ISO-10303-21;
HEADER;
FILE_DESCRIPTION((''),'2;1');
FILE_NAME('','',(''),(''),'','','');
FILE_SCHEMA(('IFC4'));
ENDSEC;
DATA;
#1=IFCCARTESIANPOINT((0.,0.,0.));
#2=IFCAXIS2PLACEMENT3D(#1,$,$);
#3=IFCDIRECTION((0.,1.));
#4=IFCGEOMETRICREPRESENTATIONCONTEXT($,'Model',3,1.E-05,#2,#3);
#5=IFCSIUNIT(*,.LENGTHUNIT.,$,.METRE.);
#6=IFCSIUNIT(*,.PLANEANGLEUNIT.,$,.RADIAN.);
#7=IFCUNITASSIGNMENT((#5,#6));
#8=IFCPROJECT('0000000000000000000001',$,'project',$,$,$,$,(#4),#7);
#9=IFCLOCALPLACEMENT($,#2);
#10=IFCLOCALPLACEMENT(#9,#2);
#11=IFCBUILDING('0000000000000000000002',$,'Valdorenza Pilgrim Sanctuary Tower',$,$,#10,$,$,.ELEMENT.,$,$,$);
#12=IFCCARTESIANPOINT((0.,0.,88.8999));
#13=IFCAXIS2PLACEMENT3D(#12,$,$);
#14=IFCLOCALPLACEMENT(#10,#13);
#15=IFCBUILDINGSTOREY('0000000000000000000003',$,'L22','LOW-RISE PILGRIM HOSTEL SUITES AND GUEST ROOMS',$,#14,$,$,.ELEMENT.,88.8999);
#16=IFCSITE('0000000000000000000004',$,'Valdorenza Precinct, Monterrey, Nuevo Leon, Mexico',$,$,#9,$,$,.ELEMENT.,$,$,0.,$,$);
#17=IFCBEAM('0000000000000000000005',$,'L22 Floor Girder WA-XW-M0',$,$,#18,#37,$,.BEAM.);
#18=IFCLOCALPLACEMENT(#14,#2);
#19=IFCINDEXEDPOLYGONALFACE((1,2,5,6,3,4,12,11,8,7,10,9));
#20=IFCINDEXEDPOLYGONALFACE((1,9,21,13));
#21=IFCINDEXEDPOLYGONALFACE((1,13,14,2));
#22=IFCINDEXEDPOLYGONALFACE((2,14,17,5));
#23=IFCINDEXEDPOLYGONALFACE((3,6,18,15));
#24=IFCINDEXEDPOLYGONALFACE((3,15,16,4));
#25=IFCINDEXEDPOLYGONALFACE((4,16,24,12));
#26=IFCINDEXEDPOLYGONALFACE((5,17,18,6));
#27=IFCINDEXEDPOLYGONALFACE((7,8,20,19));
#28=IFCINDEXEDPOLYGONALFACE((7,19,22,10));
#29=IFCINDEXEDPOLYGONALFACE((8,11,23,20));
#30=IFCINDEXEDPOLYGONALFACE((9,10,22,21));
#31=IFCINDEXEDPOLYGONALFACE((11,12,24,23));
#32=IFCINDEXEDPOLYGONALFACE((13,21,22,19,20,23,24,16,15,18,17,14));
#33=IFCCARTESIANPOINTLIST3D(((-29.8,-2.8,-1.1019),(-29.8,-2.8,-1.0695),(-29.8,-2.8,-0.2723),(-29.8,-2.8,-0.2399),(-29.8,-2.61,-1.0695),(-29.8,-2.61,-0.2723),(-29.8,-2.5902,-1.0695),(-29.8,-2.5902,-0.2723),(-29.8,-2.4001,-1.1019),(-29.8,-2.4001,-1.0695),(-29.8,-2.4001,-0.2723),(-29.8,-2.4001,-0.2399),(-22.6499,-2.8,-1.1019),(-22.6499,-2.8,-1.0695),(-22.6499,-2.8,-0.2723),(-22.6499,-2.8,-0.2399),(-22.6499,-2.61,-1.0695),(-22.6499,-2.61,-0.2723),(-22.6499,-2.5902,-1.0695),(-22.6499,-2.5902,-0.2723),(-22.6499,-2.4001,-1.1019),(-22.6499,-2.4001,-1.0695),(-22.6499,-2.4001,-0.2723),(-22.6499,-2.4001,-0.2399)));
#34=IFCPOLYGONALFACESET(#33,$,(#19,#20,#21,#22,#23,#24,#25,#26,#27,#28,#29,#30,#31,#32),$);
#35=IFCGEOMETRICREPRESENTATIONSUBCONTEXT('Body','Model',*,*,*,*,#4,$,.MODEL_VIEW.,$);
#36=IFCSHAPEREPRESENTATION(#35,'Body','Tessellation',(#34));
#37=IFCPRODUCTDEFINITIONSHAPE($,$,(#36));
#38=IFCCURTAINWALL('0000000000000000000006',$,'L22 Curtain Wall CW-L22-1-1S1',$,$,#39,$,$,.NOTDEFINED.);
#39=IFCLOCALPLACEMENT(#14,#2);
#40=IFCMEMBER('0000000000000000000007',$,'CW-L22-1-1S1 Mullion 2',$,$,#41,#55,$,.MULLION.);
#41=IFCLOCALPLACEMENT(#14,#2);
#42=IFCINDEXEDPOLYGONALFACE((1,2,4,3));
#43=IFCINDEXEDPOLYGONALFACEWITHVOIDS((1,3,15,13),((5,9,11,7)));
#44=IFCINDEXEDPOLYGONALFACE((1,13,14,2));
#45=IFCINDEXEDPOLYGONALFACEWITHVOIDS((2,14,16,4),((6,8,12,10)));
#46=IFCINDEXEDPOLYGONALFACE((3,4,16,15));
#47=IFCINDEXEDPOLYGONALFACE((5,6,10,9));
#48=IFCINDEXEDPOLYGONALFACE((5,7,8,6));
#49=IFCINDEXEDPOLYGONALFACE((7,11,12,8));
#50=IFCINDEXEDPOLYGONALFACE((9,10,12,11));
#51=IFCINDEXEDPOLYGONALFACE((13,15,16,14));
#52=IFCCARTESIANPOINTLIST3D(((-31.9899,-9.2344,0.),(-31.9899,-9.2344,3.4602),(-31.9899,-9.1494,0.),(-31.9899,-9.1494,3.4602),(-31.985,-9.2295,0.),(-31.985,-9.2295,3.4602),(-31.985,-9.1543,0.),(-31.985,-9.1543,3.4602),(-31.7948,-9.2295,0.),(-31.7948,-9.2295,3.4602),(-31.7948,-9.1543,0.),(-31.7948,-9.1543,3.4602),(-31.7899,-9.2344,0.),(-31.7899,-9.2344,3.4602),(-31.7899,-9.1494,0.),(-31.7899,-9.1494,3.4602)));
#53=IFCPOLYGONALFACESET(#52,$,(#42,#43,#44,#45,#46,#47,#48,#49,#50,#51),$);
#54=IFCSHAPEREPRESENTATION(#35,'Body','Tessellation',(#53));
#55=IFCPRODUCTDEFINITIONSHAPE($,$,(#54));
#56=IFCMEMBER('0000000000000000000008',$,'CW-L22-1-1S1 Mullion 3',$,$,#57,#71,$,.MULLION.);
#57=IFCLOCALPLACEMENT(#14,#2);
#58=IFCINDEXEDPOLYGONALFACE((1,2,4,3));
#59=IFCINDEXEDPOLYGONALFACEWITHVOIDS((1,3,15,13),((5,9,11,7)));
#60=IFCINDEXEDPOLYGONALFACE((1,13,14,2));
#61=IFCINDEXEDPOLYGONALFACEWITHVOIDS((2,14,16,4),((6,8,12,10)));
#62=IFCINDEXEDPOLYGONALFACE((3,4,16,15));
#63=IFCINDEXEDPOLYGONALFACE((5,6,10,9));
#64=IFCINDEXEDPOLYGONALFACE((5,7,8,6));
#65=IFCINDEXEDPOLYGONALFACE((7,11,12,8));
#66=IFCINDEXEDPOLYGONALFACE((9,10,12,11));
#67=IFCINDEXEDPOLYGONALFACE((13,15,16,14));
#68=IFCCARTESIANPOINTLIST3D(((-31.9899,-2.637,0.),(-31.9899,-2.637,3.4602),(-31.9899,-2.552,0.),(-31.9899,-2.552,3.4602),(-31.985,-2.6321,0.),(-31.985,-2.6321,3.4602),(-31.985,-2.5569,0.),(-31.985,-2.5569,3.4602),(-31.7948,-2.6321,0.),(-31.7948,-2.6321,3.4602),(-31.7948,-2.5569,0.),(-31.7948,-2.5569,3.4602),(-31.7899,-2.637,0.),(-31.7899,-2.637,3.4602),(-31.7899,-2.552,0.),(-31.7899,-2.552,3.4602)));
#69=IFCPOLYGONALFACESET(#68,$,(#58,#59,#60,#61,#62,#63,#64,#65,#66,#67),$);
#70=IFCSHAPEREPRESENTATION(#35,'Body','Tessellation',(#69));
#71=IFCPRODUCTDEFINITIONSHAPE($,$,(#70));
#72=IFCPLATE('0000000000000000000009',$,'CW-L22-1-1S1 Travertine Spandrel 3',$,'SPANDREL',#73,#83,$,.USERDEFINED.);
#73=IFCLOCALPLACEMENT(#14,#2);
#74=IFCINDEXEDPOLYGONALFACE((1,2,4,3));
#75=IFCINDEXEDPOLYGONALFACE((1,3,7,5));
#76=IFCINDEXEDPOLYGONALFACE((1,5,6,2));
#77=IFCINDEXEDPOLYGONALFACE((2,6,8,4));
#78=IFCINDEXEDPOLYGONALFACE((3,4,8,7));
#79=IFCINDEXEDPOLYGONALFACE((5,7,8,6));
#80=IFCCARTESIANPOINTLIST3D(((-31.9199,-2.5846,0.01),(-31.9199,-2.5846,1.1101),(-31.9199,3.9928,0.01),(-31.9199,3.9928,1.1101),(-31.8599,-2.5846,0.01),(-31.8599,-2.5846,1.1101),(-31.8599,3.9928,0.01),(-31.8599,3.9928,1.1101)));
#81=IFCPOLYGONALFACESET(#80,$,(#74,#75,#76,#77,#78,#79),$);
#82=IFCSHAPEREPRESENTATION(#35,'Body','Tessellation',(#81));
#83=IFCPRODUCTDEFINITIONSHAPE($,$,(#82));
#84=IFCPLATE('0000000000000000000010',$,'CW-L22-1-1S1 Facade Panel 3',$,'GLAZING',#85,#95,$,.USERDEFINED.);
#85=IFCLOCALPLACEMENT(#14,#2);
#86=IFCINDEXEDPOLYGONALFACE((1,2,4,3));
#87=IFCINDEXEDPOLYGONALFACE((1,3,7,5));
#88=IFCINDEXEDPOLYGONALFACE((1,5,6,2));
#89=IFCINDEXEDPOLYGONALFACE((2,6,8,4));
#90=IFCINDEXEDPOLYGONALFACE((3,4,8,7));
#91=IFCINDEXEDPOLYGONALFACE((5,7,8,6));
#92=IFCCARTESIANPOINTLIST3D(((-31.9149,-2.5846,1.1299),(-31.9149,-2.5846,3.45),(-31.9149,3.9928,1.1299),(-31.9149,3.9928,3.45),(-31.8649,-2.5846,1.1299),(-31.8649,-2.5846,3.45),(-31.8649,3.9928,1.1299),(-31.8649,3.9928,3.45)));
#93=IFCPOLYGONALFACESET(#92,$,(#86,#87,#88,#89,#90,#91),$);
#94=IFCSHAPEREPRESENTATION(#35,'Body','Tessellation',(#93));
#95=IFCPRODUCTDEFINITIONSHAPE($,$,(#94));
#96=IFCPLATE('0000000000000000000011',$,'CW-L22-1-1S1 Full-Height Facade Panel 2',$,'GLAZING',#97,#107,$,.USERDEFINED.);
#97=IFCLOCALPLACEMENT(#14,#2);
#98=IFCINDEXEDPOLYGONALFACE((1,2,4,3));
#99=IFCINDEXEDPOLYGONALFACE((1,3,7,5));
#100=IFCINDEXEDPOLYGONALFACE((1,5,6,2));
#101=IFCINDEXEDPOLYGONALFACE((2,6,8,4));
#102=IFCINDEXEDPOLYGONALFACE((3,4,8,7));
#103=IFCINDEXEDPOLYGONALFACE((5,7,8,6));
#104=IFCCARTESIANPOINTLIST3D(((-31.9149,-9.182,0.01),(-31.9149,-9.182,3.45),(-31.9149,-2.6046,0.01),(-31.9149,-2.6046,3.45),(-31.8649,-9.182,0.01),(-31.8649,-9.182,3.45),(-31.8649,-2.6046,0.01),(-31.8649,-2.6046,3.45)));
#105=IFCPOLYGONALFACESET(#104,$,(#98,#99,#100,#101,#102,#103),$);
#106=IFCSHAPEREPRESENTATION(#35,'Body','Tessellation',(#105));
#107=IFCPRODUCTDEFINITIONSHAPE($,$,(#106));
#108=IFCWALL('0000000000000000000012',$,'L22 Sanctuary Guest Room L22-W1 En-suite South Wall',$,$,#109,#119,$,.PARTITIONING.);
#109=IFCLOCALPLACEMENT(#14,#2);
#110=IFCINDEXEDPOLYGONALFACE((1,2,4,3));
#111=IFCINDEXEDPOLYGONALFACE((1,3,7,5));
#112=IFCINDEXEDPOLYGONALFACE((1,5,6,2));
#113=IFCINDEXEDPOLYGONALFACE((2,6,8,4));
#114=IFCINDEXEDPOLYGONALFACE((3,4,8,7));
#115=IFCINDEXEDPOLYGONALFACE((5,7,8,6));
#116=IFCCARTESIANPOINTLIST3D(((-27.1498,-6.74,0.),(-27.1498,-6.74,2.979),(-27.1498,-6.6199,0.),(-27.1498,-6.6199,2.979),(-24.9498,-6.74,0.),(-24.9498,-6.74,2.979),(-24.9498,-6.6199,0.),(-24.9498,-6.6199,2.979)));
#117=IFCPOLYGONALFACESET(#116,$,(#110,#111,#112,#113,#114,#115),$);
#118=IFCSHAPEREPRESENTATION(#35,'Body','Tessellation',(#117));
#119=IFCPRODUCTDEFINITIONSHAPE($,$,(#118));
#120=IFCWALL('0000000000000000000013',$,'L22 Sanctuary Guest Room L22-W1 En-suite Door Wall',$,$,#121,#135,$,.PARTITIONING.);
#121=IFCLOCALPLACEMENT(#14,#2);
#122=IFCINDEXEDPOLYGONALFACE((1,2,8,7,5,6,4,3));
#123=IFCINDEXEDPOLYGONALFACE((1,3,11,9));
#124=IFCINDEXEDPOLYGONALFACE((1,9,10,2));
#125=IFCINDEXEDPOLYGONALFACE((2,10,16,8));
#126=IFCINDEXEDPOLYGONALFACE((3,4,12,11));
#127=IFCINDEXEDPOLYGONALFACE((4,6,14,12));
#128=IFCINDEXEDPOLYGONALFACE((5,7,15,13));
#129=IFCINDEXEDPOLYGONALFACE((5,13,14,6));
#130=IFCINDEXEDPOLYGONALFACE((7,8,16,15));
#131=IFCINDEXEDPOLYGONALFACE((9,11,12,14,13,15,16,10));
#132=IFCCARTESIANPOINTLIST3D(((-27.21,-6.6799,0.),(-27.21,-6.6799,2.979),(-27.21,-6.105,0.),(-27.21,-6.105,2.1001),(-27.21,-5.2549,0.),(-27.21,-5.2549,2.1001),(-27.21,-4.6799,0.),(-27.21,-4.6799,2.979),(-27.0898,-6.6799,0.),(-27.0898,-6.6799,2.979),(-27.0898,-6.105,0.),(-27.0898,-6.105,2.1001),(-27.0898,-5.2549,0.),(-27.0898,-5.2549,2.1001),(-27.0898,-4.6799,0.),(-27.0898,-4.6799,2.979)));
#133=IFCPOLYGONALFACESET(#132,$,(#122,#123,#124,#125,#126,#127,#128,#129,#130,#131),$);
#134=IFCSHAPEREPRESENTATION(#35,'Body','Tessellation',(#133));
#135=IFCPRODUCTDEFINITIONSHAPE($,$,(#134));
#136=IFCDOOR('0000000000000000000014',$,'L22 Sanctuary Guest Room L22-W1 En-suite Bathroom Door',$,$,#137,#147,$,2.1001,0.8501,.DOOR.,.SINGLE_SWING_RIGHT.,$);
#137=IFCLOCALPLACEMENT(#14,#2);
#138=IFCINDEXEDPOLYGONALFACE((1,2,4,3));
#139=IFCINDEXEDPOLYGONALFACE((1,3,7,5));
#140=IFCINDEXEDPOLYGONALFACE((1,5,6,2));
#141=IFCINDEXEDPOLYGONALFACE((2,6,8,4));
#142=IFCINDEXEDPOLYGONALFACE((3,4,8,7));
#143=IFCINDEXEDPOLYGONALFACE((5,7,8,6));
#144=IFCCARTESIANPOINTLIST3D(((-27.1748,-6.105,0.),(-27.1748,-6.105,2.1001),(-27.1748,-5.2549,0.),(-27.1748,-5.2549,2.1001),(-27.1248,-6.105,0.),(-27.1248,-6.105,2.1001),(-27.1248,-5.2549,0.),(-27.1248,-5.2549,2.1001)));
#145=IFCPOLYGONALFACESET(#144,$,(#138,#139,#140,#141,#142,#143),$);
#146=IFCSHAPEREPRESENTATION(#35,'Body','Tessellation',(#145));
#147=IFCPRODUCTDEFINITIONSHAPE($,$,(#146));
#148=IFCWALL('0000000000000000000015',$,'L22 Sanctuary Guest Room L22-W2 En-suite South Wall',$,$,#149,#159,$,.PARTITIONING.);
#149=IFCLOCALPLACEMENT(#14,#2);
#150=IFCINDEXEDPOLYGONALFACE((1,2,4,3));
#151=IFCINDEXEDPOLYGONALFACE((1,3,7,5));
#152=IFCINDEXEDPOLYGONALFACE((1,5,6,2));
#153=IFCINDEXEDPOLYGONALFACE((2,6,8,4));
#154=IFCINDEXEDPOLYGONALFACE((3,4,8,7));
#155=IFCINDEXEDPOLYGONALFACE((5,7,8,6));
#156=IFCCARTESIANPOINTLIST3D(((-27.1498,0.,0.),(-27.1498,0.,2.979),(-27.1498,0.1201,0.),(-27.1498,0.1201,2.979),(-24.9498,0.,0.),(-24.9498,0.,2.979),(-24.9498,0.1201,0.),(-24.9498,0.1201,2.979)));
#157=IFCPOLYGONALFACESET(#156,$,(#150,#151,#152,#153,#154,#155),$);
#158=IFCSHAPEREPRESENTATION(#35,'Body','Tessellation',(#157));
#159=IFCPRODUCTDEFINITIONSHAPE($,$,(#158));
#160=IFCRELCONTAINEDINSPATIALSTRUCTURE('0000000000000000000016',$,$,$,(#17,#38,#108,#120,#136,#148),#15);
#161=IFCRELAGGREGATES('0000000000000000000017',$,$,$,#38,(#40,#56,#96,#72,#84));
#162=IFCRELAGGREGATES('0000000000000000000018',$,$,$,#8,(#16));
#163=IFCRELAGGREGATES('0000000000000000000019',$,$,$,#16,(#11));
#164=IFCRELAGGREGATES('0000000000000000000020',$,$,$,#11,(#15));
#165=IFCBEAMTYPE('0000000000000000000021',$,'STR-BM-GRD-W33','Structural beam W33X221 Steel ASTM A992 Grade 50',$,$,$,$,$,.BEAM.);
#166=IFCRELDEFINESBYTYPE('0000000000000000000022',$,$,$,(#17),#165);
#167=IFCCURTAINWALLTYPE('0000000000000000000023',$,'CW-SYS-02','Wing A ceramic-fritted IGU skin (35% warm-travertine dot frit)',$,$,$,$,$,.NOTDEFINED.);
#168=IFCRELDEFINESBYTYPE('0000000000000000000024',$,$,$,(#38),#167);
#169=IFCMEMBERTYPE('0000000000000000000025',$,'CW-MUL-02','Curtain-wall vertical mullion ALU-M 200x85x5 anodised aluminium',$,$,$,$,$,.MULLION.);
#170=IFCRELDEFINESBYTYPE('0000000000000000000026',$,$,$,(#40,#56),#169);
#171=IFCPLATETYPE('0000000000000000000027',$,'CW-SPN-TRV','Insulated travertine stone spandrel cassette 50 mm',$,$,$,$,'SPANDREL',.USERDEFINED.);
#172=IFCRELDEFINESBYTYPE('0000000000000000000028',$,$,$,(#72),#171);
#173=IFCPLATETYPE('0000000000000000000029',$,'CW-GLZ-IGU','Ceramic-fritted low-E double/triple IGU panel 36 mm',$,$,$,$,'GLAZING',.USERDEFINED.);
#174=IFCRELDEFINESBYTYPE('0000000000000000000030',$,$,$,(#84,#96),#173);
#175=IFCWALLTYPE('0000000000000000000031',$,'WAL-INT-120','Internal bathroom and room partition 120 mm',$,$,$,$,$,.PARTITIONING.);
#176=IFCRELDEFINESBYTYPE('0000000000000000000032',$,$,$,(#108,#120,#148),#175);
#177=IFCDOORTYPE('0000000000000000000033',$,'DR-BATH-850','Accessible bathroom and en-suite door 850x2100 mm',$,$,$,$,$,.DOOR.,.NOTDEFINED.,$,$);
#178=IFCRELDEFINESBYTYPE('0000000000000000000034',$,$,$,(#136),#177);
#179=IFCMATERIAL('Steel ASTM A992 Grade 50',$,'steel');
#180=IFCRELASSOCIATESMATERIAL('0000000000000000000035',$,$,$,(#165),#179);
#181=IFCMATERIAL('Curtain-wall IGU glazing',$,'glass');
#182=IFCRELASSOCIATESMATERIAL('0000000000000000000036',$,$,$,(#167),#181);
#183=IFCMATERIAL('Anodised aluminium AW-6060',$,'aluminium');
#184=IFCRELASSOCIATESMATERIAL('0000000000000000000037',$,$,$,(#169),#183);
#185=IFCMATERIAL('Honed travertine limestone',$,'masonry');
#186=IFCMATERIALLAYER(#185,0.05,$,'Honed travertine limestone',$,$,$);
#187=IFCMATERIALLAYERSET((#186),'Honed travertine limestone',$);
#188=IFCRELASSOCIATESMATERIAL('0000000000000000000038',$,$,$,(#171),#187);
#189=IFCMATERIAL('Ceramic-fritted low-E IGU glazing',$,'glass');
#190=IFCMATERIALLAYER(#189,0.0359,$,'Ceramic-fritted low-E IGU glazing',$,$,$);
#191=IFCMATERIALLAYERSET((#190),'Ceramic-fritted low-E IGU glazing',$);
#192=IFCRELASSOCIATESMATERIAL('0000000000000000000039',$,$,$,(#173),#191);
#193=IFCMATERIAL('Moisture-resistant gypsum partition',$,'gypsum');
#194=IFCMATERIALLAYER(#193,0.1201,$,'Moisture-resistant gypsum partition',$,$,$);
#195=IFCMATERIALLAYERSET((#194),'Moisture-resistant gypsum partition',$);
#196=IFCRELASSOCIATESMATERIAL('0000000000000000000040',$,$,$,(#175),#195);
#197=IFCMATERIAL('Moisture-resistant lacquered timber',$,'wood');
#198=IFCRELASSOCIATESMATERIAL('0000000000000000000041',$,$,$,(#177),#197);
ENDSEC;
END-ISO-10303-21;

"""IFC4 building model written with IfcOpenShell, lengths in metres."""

from ifc_helpers import new_model, si_unit, direction, frame, frame_2d, origin, origin_2d, place, context, subcontext, project, spatial, rectangle, hollow_rectangle, i_section, extrude, source, transform, mapped, material, layer, layer_set, material_profile, profile_set, type_object, element, fill, aggregate, save


model = new_model("IFC4")

# Units and contexts
model_context = context("Model", 3, precision=1e-05, world=origin(), true_north=direction((0.0, 1.0)))
body_context = subcontext(model_context, "Body", "Model", "MODEL_VIEW")
ifc_project = project(units=[si_unit("LENGTHUNIT", "METRE"), si_unit("PLANEANGLEUNIT", "RADIAN")], contexts=[model_context])

# Site, building, storey
site_placement = place(None, origin())
site = spatial("IfcSite", under=ifc_project, at=site_placement, Name="Valdorenza Precinct, Monterrey, Nuevo Leon, Mexico", CompositionType="ELEMENT", RefElevation=0.0)
building_placement = place(site_placement, origin())
building = spatial("IfcBuilding", under=site, at=building_placement, Name="Valdorenza Pilgrim Sanctuary Tower", CompositionType="ELEMENT")
storey_placement = place(building_placement, frame((0.0, 0.0, 88.8999)))
storey = spatial("IfcBuildingStorey", under=building, at=storey_placement, Name="L22", Description="LOW-RISE PILGRIM HOSTEL SUITES AND GUEST ROOMS", CompositionType="ELEMENT", Elevation=88.8999)

# Beam
ifc_material_1 = material(Name="Steel ASTM A992 Grade 50", Category="steel")
ifc_material_profile_1 = material_profile(ifc_material_1, i_section(OverallWidth=0.3999, OverallDepth=0.8621, WebThickness=0.0198, FlangeThickness=0.0325, at=origin_2d()), Name="W33X221")
ifc_profile_set_1 = profile_set([ifc_material_profile_1], Name="Steel ASTM A992 Grade 50")
beam_type_1 = type_object("IfcBeamType", Name="STR-BM-GRD-W33", Description="Structural beam W33X221 Steel ASTM A992 Grade 50", PredefinedType="BEAM", material=ifc_profile_set_1)
shared_shape_1 = source(origin(), body_context, "Body", "SweptSolid", [
    extrude(i_section(OverallWidth=0.3999, OverallDepth=0.8621, WebThickness=0.0198, FlangeThickness=0.0325, at=origin_2d()), origin(), (0.0, 0.0, 1.0), 7.1501),
])
beam_1_placement = place(storey_placement, frame((-29.8, -2.6001, -0.6709), z_axis=(1.0, 0.0, 0.0), x_axis=(0.0, 1.0, 0.0)))
element("IfcBeam", 1, at=beam_1_placement, inside=storey, type_object=beam_type_1, Name="L22 Floor Girder WA-XW-M0", PredefinedType="BEAM", context=body_context, shape_type="MappedRepresentation", body=[
    mapped(shared_shape_1, transform((0.0, 0.0, 0.0), x_axis=(1.0, 0.0, 0.0), y_axis=(0.0, 1.0, 0.0), z_axis=(0.0, 0.0, 1.0), scale=1.0)),
])

# Curtain wall, members, plates
ifc_material_2 = material(Name="Curtain-wall IGU glazing", Category="glass")
curtain_wall_type = type_object("IfcCurtainWallType", Name="CW-SYS-02", Description="Wing A ceramic-fritted IGU skin (35% warm-travertine dot frit)", PredefinedType="NOTDEFINED", material=ifc_material_2)
curtain_wall_placement = place(storey_placement, origin())
curtain_wall = element("IfcCurtainWall", 2, at=curtain_wall_placement, inside=storey, type_object=curtain_wall_type, Name="L22 Curtain Wall CW-L22-1-1S1", PredefinedType="NOTDEFINED")
ifc_material_3 = material(Name="Anodised aluminium AW-6060", Category="aluminium")
ifc_material_profile_2 = material_profile(ifc_material_3, hollow_rectangle(XDim=0.085, YDim=0.2, WallThickness=0.0049, at=origin_2d()), Name="ALU-M 200x85x5")
ifc_profile_set_2 = profile_set([ifc_material_profile_2], Name="Anodised aluminium AW-6060")
member_type = type_object("IfcMemberType", Name="CW-MUL-02", Description="Curtain-wall vertical mullion ALU-M 200x85x5 anodised aluminium", PredefinedType="MULLION", material=ifc_profile_set_2)
shared_shape_2 = source(origin(), body_context, "Body", "SweptSolid", [
    extrude(hollow_rectangle(XDim=0.085, YDim=0.2, WallThickness=0.0049, at=origin_2d()), origin(), (0.0, 0.0, 1.0), 3.4602),
])
member_1_placement = place(storey_placement, frame((-31.8899, -9.1919, 0.0), z_axis=(0.0, 0.0, 1.0), x_axis=(0.0, 1.0, 0.0)))
member_1 = element("IfcMember", 3, at=member_1_placement, type_object=member_type, Name="CW-L22-1-1S1 Mullion 2", PredefinedType="MULLION", context=body_context, shape_type="MappedRepresentation", body=[
    mapped(shared_shape_2, transform((0.0, 0.0, 0.0), x_axis=(1.0, 0.0, 0.0), y_axis=(0.0, 1.0, 0.0), z_axis=(0.0, 0.0, 1.0), scale=1.0)),
])
member_2_placement = place(storey_placement, frame((-31.8899, -2.5945, 0.0), z_axis=(0.0, 0.0, 1.0), x_axis=(0.0, 1.0, 0.0)))
member_2 = element("IfcMember", 4, at=member_2_placement, type_object=member_type, Name="CW-L22-1-1S1 Mullion 3", PredefinedType="MULLION", context=body_context, shape_type="MappedRepresentation", body=[
    mapped(shared_shape_2, transform((0.0, 0.0, 0.0), x_axis=(1.0, 0.0, 0.0), y_axis=(0.0, 1.0, 0.0), z_axis=(0.0, 0.0, 1.0), scale=1.0)),
])
ifc_material_4 = material(Name="Honed travertine limestone", Category="masonry")
ifc_layer_1 = layer(ifc_material_4, 0.05, Name="Honed travertine limestone")
ifc_layer_set_1 = layer_set([ifc_layer_1], Name="Honed travertine limestone")
plate_type_1 = type_object("IfcPlateType", Name="CW-SPN-TRV", Description="Insulated travertine stone spandrel cassette 50 mm", ElementType="SPANDREL", PredefinedType="USERDEFINED", material=ifc_layer_set_1)
shared_shape_3 = source(origin(), body_context, "Body", "SweptSolid", [
    extrude(rectangle(XDim=6.5774, YDim=0.0601, at=origin_2d()), origin(), (0.0, 0.0, 1.0), 1.1001),
])
plate_1_placement = place(storey_placement, frame((-31.8899, 0.7041, 0.01), z_axis=(0.0, 0.0, 1.0), x_axis=(0.0, 1.0, 0.0)))
plate_1 = element("IfcPlate", 5, at=plate_1_placement, type_object=plate_type_1, Name="CW-L22-1-1S1 Travertine Spandrel 3", ObjectType="SPANDREL", PredefinedType="USERDEFINED", context=body_context, shape_type="MappedRepresentation", body=[
    mapped(shared_shape_3, transform((0.0, 0.0, 0.0), x_axis=(1.0, 0.0, 0.0), y_axis=(0.0, 1.0, 0.0), z_axis=(0.0, 0.0, 1.0), scale=1.0)),
])
ifc_material_5 = material(Name="Ceramic-fritted low-E IGU glazing", Category="glass")
ifc_layer_2 = layer(ifc_material_5, 0.0359, Name="Ceramic-fritted low-E IGU glazing")
ifc_layer_set_2 = layer_set([ifc_layer_2], Name="Ceramic-fritted low-E IGU glazing")
plate_type_2 = type_object("IfcPlateType", Name="CW-GLZ-IGU", Description="Ceramic-fritted low-E double/triple IGU panel 36 mm", ElementType="GLAZING", PredefinedType="USERDEFINED", material=ifc_layer_set_2)
shared_shape_4 = source(origin(), body_context, "Body", "SweptSolid", [
    extrude(rectangle(XDim=6.5774, YDim=0.05, at=origin_2d()), origin(), (0.0, 0.0, 1.0), 2.3201),
])
plate_2_placement = place(storey_placement, frame((-31.8899, 0.7041, 1.1299), z_axis=(0.0, 0.0, 1.0), x_axis=(0.0, 1.0, 0.0)))
plate_2 = element("IfcPlate", 6, at=plate_2_placement, type_object=plate_type_2, Name="CW-L22-1-1S1 Facade Panel 3", ObjectType="GLAZING", PredefinedType="USERDEFINED", context=body_context, shape_type="MappedRepresentation", body=[
    mapped(shared_shape_4, transform((0.0, 0.0, 0.0), x_axis=(1.0, 0.0, 0.0), y_axis=(0.0, 1.0, 0.0), z_axis=(0.0, 0.0, 1.0), scale=1.0)),
])
shared_shape_5 = source(origin(), body_context, "Body", "SweptSolid", [
    extrude(rectangle(XDim=6.5774, YDim=0.05, at=origin_2d()), origin(), (0.0, 0.0, 1.0), 3.4399),
])
plate_3_placement = place(storey_placement, frame((-31.8899, -5.8933, 0.01), z_axis=(0.0, 0.0, 1.0), x_axis=(0.0, 1.0, 0.0)))
plate_3 = element("IfcPlate", 7, at=plate_3_placement, type_object=plate_type_2, Name="CW-L22-1-1S1 Full-Height Facade Panel 2", ObjectType="GLAZING", PredefinedType="USERDEFINED", context=body_context, shape_type="MappedRepresentation", body=[
    mapped(shared_shape_5, transform((0.0, 0.0, 0.0), x_axis=(1.0, 0.0, 0.0), y_axis=(0.0, 1.0, 0.0), z_axis=(0.0, 0.0, 1.0), scale=1.0)),
])
aggregate(curtain_wall, [member_1, member_2, plate_3, plate_1, plate_2])

# Wall
ifc_material_6 = material(Name="Moisture-resistant gypsum partition", Category="gypsum")
ifc_layer_3 = layer(ifc_material_6, 0.1201, Name="Moisture-resistant gypsum partition")
ifc_layer_set_3 = layer_set([ifc_layer_3], Name="Moisture-resistant gypsum partition")
wall_type_1 = type_object("IfcWallType", Name="WAL-INT-120", Description="Internal bathroom and room partition 120 mm", PredefinedType="PARTITIONING", material=ifc_layer_set_3)
wall_1_placement = place(storey_placement, frame((-27.1499, -6.6799, 0.0), z_axis=(0.0, 0.0, 1.0), x_axis=(1.0, 0.0, 0.0)))
element("IfcWall", 8, at=wall_1_placement, inside=storey, type_object=wall_type_1, Name="L22 Sanctuary Guest Room L22-W1 En-suite South Wall", PredefinedType="PARTITIONING", context=body_context, shape_type="SweptSolid", body=[
    extrude(rectangle(XDim=2.2, YDim=0.1201, at=frame_2d((1.1001, 0.0))), origin(), (0.0, 0.0, 1.0), 2.979),
])

# Wall, opening, door
wall_2_placement = place(storey_placement, frame((-27.1499, -6.6799, 0.0), z_axis=(0.0, 0.0, 1.0), x_axis=(0.0, 1.0, 0.0)))
wall_2 = element("IfcWall", 9, at=wall_2_placement, inside=storey, type_object=wall_type_1, Name="L22 Sanctuary Guest Room L22-W1 En-suite Door Wall", PredefinedType="PARTITIONING", context=body_context, shape_type="SweptSolid", body=[
    extrude(rectangle(XDim=2.0, YDim=0.1201, at=frame_2d((1.0, 0.0))), origin(), (0.0, 0.0, 1.0), 2.979),
])
opening_1_placement = place(wall_2_placement, frame((0.575, 0.0, 0.0)))
opening_1 = element("IfcOpeningElement", 10, at=opening_1_placement, cuts=wall_2, PredefinedType="OPENING", context=body_context, shape_type="SweptSolid", body=[
    extrude(rectangle(XDim=0.8501, YDim=2.1001, at=frame_2d((0.425, 1.05))), frame((0.0, 0.075, 0.0), z_axis=(0.0, -1.0, 0.0), x_axis=(1.0, 0.0, 0.0)), (0.0, 0.0, 1.0), 0.1499),
])
ifc_material_7 = material(Name="Moisture-resistant lacquered timber", Category="wood")
door_type_1 = type_object("IfcDoorType", Name="DR-BATH-850", Description="Accessible bathroom and en-suite door 850x2100 mm", OperationType="NOTDEFINED", PredefinedType="DOOR", material=ifc_material_7)
door_1_placement = place(opening_1_placement, origin())
door_1 = element("IfcDoor", 11, at=door_1_placement, inside=storey, type_object=door_type_1, Name="L22 Sanctuary Guest Room L22-W1 En-suite Bathroom Door", OperationType="SINGLE_SWING_RIGHT", OverallHeight=2.1001, OverallWidth=0.8501, PredefinedType="DOOR", context=body_context, shape_type="SweptSolid", body=[
    extrude(rectangle(XDim=0.8501, YDim=2.1001, at=frame_2d((0.425, 1.05))), frame((0.0, 0.0249, 0.0), z_axis=(0.0, -1.0, 0.0), x_axis=(1.0, 0.0, 0.0)), (0.0, 0.0, 1.0), 0.05),
])
fill(opening_1, door_1)

# Wall
wall_3_placement = place(storey_placement, frame((-27.1499, 0.0601, 0.0), z_axis=(0.0, 0.0, 1.0), x_axis=(1.0, 0.0, 0.0)))
element("IfcWall", 12, at=wall_3_placement, inside=storey, type_object=wall_type_1, Name="L22 Sanctuary Guest Room L22-W2 En-suite South Wall", PredefinedType="PARTITIONING", context=body_context, shape_type="SweptSolid", body=[
    extrude(rectangle(XDim=2.2, YDim=0.1201, at=frame_2d((1.1001, 0.0))), origin(), (0.0, 0.0, 1.0), 2.979),
])

save(model, "model.ifc")
